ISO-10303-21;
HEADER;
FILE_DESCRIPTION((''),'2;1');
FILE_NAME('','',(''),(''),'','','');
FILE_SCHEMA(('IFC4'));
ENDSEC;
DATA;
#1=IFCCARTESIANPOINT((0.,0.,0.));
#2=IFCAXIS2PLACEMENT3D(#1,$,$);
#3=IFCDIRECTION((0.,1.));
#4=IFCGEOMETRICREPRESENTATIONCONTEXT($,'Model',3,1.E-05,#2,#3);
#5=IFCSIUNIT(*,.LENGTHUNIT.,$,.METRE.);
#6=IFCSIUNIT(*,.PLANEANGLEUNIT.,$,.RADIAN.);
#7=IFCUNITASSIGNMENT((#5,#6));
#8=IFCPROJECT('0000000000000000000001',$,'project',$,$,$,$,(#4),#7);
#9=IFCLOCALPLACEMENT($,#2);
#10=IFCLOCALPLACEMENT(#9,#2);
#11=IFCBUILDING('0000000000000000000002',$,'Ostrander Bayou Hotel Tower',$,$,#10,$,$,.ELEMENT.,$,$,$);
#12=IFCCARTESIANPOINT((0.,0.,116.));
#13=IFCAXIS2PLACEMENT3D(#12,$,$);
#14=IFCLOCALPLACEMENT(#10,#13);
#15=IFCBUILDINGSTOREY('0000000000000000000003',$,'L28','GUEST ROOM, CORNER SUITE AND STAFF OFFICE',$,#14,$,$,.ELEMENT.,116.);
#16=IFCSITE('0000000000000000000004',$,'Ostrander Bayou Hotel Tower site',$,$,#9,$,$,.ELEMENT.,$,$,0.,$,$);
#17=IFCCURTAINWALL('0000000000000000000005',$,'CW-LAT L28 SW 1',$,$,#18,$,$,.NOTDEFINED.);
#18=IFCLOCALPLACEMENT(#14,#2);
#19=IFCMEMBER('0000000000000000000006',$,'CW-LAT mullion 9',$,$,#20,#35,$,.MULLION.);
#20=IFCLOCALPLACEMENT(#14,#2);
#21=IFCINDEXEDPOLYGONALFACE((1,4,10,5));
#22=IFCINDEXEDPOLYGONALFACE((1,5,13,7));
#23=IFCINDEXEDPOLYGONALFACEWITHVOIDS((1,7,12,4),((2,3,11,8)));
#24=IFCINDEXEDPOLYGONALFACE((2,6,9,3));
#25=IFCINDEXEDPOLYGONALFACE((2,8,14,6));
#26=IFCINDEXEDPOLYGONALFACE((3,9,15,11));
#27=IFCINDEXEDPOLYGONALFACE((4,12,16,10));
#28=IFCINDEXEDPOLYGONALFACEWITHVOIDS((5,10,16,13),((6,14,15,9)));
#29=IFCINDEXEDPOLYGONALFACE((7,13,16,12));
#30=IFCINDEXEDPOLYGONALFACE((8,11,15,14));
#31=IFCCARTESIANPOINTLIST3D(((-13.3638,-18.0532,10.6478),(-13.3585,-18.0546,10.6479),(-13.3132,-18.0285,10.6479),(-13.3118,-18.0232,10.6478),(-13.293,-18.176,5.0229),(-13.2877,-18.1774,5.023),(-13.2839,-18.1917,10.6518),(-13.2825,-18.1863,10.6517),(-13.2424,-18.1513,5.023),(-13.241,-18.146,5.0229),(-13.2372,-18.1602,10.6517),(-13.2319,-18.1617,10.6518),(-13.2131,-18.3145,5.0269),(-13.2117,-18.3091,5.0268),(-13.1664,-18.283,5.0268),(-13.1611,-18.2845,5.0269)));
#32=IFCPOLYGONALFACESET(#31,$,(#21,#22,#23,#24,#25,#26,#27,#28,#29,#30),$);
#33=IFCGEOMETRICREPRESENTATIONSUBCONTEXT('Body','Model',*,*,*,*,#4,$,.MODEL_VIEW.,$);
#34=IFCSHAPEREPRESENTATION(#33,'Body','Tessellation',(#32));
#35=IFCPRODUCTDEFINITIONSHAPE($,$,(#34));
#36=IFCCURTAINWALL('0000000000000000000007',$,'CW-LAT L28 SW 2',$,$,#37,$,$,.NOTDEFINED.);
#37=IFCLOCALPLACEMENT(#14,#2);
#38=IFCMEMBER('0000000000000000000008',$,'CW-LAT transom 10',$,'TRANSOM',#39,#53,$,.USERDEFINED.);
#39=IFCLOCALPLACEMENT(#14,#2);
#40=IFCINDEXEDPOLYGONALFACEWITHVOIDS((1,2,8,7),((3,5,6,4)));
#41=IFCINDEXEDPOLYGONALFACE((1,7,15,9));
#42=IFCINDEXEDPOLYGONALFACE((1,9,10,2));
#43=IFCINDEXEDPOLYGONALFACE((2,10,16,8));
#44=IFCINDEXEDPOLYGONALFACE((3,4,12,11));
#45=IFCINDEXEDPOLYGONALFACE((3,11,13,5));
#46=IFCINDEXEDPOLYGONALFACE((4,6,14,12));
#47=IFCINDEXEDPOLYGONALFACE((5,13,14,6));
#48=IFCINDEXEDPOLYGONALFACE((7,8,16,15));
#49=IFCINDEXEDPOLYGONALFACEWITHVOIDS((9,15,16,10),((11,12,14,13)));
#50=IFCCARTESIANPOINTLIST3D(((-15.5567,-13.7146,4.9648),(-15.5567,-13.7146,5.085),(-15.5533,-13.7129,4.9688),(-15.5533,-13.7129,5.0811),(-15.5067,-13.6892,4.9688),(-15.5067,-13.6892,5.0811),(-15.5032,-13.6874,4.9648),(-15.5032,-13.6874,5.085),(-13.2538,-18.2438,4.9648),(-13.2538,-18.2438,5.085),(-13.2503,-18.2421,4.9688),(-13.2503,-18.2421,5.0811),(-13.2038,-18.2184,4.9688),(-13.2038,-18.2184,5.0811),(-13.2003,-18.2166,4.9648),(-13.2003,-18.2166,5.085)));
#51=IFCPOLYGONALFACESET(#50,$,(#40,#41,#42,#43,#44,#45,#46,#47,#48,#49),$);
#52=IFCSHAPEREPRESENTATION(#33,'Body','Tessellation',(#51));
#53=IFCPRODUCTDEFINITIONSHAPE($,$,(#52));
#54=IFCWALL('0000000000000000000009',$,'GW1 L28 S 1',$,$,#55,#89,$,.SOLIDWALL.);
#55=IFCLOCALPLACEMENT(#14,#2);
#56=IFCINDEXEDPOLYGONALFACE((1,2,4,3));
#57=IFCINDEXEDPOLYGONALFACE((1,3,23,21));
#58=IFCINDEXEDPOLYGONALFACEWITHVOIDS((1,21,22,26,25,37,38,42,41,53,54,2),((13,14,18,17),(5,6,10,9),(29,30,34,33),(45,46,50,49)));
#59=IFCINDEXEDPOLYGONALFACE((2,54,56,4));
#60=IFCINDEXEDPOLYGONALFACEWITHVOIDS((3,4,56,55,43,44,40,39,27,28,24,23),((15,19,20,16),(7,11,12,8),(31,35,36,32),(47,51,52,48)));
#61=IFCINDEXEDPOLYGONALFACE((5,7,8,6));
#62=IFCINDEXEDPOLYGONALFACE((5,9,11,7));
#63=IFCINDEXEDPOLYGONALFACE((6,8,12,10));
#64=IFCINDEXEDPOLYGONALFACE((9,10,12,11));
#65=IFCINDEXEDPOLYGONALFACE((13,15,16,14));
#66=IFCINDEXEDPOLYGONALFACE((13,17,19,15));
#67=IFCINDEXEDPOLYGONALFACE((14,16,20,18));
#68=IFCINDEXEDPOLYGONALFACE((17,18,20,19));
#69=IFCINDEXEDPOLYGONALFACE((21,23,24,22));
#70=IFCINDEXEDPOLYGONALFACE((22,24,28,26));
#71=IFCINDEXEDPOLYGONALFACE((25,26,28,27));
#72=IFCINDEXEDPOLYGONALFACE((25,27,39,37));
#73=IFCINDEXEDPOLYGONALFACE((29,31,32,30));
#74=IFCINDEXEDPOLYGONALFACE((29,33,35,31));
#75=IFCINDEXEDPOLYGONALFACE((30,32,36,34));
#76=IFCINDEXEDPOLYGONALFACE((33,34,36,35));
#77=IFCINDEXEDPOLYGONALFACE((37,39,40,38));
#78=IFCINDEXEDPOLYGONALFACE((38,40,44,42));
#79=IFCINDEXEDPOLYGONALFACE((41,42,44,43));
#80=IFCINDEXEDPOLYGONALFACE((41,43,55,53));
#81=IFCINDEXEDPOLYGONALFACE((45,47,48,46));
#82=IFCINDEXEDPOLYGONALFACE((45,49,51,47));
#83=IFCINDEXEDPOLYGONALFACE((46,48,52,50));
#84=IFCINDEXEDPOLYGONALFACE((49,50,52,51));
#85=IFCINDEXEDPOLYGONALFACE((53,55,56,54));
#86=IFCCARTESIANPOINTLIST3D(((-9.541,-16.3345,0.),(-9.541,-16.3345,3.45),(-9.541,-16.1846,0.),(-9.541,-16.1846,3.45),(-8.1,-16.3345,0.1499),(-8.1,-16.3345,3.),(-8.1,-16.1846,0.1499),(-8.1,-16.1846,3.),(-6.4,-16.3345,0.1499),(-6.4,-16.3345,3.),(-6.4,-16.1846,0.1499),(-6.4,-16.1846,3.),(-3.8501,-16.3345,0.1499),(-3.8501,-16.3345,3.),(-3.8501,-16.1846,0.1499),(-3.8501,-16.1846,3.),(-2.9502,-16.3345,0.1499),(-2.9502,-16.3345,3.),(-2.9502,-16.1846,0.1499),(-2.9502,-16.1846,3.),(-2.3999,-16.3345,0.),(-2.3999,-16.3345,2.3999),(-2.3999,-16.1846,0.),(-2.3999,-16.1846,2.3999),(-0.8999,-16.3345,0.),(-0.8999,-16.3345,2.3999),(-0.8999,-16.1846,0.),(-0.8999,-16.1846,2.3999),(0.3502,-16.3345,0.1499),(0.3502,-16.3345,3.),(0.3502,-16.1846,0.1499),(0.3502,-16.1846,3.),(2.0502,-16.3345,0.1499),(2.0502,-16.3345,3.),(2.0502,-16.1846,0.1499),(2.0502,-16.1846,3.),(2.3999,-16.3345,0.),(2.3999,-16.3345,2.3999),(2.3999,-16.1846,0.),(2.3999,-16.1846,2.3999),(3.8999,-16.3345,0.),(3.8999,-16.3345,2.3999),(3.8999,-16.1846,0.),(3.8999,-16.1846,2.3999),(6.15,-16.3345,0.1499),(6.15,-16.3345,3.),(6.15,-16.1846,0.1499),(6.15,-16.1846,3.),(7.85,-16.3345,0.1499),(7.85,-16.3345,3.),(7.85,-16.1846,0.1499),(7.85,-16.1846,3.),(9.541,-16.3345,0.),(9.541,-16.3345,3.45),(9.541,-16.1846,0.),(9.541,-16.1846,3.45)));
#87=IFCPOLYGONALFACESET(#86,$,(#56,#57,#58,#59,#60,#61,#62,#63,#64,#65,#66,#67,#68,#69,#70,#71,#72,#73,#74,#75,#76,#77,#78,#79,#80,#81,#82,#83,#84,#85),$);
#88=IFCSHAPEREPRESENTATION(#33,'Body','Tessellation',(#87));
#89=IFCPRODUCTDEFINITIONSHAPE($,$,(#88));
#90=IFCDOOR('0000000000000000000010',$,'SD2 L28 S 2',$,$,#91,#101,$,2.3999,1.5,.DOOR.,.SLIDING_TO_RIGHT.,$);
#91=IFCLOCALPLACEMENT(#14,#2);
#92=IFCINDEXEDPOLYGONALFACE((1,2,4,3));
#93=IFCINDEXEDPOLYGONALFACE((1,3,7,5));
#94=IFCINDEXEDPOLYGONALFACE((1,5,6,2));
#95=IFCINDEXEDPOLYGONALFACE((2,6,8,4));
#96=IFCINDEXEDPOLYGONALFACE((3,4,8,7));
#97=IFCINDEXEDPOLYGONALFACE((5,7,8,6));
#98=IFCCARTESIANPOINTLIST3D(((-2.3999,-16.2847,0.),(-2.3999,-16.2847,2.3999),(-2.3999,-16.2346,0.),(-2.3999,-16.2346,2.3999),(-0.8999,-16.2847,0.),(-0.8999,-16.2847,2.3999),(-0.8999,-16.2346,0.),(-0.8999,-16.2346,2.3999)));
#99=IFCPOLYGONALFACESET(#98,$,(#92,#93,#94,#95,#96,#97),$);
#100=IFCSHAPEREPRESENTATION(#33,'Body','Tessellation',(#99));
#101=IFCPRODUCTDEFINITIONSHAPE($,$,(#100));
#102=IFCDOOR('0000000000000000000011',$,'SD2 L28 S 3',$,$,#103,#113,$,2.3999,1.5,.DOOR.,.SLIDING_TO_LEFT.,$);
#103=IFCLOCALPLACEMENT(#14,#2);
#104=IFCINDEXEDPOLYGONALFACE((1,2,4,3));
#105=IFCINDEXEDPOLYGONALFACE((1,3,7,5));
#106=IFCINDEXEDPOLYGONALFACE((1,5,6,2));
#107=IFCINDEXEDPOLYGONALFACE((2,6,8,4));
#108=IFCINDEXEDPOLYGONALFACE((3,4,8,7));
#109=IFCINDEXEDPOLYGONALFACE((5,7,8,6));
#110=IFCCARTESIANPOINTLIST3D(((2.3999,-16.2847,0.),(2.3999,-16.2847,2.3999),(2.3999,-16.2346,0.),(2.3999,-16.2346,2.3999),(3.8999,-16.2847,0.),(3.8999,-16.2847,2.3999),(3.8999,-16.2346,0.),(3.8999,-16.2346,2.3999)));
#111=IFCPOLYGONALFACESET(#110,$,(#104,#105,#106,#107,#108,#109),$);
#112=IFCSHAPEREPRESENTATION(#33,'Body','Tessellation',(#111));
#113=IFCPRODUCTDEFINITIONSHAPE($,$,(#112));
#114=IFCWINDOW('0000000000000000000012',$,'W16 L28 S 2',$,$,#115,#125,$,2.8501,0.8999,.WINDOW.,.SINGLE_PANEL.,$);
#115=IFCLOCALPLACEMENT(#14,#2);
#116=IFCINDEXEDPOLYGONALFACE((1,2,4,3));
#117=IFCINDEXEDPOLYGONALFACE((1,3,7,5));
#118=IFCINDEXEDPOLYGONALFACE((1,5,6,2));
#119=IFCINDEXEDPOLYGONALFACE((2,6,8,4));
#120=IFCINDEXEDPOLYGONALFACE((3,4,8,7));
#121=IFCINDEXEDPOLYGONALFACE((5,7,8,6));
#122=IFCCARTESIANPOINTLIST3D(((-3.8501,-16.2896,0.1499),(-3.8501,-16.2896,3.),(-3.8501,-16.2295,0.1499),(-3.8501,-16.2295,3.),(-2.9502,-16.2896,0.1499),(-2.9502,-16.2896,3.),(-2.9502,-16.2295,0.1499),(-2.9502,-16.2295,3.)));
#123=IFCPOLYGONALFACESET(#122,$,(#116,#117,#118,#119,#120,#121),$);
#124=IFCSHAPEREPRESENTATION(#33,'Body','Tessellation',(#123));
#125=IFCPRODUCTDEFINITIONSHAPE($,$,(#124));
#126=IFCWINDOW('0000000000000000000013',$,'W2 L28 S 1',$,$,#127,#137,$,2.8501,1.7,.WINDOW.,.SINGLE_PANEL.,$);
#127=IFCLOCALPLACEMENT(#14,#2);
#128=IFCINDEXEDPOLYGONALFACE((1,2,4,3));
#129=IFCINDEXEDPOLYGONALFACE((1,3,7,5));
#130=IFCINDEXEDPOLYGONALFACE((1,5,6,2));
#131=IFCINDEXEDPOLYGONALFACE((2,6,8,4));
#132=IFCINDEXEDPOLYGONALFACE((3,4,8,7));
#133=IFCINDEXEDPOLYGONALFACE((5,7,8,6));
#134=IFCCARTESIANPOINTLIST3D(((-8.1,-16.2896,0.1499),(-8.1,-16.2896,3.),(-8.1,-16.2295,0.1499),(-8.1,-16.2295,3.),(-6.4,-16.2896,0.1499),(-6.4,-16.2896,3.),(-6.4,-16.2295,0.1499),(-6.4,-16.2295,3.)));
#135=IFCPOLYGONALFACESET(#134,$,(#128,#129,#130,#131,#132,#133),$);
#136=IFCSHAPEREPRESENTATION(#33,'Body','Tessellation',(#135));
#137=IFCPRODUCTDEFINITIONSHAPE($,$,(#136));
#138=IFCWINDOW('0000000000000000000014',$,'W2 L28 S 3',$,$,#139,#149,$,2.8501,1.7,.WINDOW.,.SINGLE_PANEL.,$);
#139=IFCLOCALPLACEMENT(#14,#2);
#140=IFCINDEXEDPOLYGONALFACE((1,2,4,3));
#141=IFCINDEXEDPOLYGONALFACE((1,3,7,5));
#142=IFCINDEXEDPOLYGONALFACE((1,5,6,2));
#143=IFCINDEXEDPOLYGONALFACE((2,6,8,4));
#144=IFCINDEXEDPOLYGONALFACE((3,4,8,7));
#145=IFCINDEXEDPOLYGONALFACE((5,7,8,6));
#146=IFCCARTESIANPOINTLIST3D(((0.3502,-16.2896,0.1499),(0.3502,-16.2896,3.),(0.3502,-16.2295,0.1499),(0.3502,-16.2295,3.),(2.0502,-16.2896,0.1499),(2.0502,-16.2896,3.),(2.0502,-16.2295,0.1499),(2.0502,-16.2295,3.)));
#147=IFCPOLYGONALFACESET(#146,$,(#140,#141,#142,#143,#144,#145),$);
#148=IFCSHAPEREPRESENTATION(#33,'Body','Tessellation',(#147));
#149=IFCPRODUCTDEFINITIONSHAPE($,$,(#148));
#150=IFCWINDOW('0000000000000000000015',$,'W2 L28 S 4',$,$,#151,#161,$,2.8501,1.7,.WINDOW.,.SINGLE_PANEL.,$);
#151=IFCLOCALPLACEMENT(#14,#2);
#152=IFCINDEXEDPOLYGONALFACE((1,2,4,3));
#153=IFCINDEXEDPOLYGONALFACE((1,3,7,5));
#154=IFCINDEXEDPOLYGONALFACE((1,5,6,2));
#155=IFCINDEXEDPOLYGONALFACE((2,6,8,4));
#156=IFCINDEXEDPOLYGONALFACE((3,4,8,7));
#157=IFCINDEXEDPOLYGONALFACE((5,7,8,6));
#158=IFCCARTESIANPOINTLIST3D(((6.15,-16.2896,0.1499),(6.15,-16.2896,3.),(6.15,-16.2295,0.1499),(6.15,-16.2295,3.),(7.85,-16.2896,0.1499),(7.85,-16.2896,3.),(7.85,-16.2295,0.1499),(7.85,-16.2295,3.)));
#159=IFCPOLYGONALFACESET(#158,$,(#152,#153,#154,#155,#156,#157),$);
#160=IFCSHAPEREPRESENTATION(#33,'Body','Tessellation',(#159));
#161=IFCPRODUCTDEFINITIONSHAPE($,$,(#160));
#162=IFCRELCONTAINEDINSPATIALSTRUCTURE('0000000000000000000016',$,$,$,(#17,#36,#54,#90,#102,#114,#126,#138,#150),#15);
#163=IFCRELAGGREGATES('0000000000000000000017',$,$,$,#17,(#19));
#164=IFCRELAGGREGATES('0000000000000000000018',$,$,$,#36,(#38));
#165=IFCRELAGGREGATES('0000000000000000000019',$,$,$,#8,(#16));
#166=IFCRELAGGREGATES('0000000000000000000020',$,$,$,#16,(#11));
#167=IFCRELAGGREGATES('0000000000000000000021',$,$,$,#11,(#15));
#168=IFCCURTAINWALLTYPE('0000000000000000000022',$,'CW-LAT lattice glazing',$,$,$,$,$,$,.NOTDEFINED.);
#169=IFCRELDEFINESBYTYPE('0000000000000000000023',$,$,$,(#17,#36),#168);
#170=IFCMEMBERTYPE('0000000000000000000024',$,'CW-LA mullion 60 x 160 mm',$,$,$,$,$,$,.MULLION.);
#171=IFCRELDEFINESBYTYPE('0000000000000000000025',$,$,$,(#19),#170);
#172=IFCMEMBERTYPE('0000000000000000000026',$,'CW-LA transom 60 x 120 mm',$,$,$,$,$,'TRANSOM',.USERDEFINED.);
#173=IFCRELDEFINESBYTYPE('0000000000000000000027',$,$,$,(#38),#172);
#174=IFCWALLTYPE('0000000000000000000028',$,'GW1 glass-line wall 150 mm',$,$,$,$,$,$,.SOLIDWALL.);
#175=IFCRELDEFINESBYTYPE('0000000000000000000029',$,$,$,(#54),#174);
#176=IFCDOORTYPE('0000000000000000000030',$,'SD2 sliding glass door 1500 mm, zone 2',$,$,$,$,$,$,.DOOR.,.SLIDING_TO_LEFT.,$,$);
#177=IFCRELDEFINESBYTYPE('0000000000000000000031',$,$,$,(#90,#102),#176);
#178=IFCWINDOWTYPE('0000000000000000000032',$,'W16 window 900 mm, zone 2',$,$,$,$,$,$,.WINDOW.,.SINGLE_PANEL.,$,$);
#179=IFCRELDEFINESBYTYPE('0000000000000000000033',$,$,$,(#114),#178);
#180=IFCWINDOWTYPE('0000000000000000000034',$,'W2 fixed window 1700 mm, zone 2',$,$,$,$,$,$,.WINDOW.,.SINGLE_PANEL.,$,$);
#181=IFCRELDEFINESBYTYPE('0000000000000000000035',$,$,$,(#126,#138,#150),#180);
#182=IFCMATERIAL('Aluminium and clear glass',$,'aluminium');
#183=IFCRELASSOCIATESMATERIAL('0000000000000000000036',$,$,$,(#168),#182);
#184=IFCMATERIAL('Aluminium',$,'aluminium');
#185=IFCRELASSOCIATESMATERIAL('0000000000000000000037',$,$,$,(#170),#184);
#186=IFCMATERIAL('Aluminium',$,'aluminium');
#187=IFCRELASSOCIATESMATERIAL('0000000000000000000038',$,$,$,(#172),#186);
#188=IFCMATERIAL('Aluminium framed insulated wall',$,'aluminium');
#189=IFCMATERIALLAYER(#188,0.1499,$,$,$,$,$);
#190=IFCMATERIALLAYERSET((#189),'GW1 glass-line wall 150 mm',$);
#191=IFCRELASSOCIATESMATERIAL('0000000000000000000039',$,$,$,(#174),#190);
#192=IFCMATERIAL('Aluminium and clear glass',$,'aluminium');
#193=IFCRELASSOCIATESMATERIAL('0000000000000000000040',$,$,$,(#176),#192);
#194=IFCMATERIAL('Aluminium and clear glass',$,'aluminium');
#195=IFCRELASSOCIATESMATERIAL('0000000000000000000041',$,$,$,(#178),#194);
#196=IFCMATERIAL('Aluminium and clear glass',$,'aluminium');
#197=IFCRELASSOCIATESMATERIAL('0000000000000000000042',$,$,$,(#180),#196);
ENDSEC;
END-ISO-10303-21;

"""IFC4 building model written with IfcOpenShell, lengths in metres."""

from ifc_helpers import new_model, si_unit, direction, frame, frame_2d, origin, origin_2d, place, context, subcontext, project, spatial, rectangle, hollow_rectangle, extrude, material, layer, layer_set, material_profile, profile_set, type_object, element, fill, aggregate, save


model = new_model("IFC4")

# Units and contexts
model_context = context("Model", 3, precision=1e-05, world=origin(), true_north=direction((0.0, 1.0)))
body_context = subcontext(model_context, "Body", "Model", "MODEL_VIEW")
ifc_project = project(units=[si_unit("LENGTHUNIT", "METRE"), si_unit("PLANEANGLEUNIT", "RADIAN")], contexts=[model_context])

# Site, building, storey
site_placement = place(None, origin())
site = spatial("IfcSite", under=ifc_project, at=site_placement, Name="Ostrander Bayou Hotel Tower site", CompositionType="ELEMENT", RefElevation=0.0)
building_placement = place(site_placement, origin())
building = spatial("IfcBuilding", under=site, at=building_placement, Name="Ostrander Bayou Hotel Tower", CompositionType="ELEMENT")
storey_placement = place(building_placement, frame((0.0, 0.0, 116.0)))
storey = spatial("IfcBuildingStorey", under=building, at=storey_placement, Name="L28", Description="GUEST ROOM, CORNER SUITE AND STAFF OFFICE", CompositionType="ELEMENT", Elevation=116.0)

# Curtain walls, members
ifc_material_1 = material(Name="Aluminium and clear glass", Category="aluminium")
curtain_wall_type = type_object("IfcCurtainWallType", Name="CW-LAT lattice glazing", PredefinedType="NOTDEFINED", material=ifc_material_1)
curtain_wall_1_placement = place(storey_placement, origin())
curtain_wall_1 = element("IfcCurtainWall", 1, at=curtain_wall_1_placement, inside=storey, type_object=curtain_wall_type, Name="CW-LAT L28 SW 1", PredefinedType="NOTDEFINED")
ifc_material_2 = material(Name="Aluminium", Category="aluminium")
ifc_material_profile_1 = material_profile(ifc_material_2, hollow_rectangle(XDim=0.0601, YDim=0.1599, WallThickness=0.0039, at=origin_2d()))
ifc_profile_set_1 = profile_set([ifc_material_profile_1], Name="Aluminium")
member_type_1 = type_object("IfcMemberType", Name="CW-LA mullion 60 x 160 mm", PredefinedType="MULLION", material=ifc_profile_set_1)
member_1_placement = place(storey_placement, frame((-13.2271, -18.2302, 5.0249), z_axis=(-0.012583, 0.021825, 0.999683), x_axis=(-0.866329, -0.499474, 0.0)))
member_1 = element("IfcMember", 2, at=member_1_placement, type_object=member_type_1, Name="CW-LAT mullion 9", PredefinedType="MULLION", context=body_context, shape_type="SweptSolid", body=[
    extrude(hollow_rectangle(XDim=0.0601, YDim=0.1599, WallThickness=0.0039, at=origin_2d()), origin(), (0.0, 0.0, 1.0), 5.6267),
])
aggregate(curtain_wall_1, [member_1])
curtain_wall_2_placement = place(storey_placement, origin())
curtain_wall_2 = element("IfcCurtainWall", 3, at=curtain_wall_2_placement, inside=storey, type_object=curtain_wall_type, Name="CW-LAT L28 SW 2", PredefinedType="NOTDEFINED")
ifc_material_3 = material(Name="Aluminium", Category="aluminium")
ifc_material_profile_2 = material_profile(ifc_material_3, hollow_rectangle(XDim=0.0601, YDim=0.1201, WallThickness=0.0039, at=origin_2d()))
ifc_profile_set_2 = profile_set([ifc_material_profile_2], Name="Aluminium")
member_type_2 = type_object("IfcMemberType", Name="CW-LA transom 60 x 120 mm", ElementType="TRANSOM", PredefinedType="USERDEFINED", material=ifc_profile_set_2)
member_2_placement = place(storey_placement, frame((-13.2271, -18.2302, 5.0249), z_axis=(-0.453238, 0.891389, 0.0), x_axis=(-0.891389, -0.453238, 0.0)))
member_2 = element("IfcMember", 4, at=member_2_placement, type_object=member_type_2, Name="CW-LAT transom 10", ObjectType="TRANSOM", PredefinedType="USERDEFINED", context=body_context, shape_type="SweptSolid", body=[
    extrude(hollow_rectangle(XDim=0.0601, YDim=0.1201, WallThickness=0.0039, at=origin_2d()), origin(), (0.0, 0.0, 1.0), 5.0811),
])
aggregate(curtain_wall_2, [member_2])

# Wall, openings, doors, windows
ifc_material_4 = material(Name="Aluminium framed insulated wall", Category="aluminium")
ifc_layer_1 = layer(ifc_material_4, 0.1499)
ifc_layer_set_1 = layer_set([ifc_layer_1], Name="GW1 glass-line wall 150 mm")
wall_type_1 = type_object("IfcWallType", Name="GW1 glass-line wall 150 mm", PredefinedType="SOLIDWALL", material=ifc_layer_set_1)
wall_1_placement = place(storey_placement, frame((-9.541, -16.2595, 0.0), z_axis=(0.0, 0.0, 1.0), x_axis=(1.0, 0.0, 0.0)))
wall_1 = element("IfcWall", 5, at=wall_1_placement, inside=storey, type_object=wall_type_1, Name="GW1 L28 S 1", PredefinedType="SOLIDWALL", context=body_context, shape_type="SweptSolid", body=[
    extrude(rectangle(XDim=19.082, YDim=0.1499, at=frame_2d((9.541, 0.0))), origin(), (0.0, 0.0, 1.0), 3.45),
])
opening_1_placement = place(wall_1_placement, frame((1.4409, 0.0, 0.1499)))
opening_1 = element("IfcOpeningElement", 6, at=opening_1_placement, cuts=wall_1, PredefinedType="OPENING", context=body_context, shape_type="SweptSolid", body=[
    extrude(rectangle(XDim=1.7, YDim=2.8501, at=frame_2d((0.8501, 1.425))), frame((0.0, 0.075, 0.0), z_axis=(0.0, -1.0, 0.0), x_axis=(1.0, 0.0, 0.0)), (0.0, 0.0, 1.0), 0.1499),
])
opening_2_placement = place(wall_1_placement, frame((5.6909, 0.0, 0.1499)))
opening_2 = element("IfcOpeningElement", 7, at=opening_2_placement, cuts=wall_1, PredefinedType="OPENING", context=body_context, shape_type="SweptSolid", body=[
    extrude(rectangle(XDim=0.8999, YDim=2.8501, at=frame_2d((0.45, 1.425))), frame((0.0, 0.075, 0.0), z_axis=(0.0, -1.0, 0.0), x_axis=(1.0, 0.0, 0.0)), (0.0, 0.0, 1.0), 0.1499),
])
opening_3_placement = place(wall_1_placement, frame((7.1411, 0.0, 0.0)))
opening_3 = element("IfcOpeningElement", 8, at=opening_3_placement, cuts=wall_1, PredefinedType="OPENING", context=body_context, shape_type="SweptSolid", body=[
    extrude(rectangle(XDim=1.5, YDim=2.3999, at=frame_2d((0.75, 1.2))), frame((0.0, 0.075, 0.0), z_axis=(0.0, -1.0, 0.0), x_axis=(1.0, 0.0, 0.0)), (0.0, 0.0, 1.0), 0.1499),
])
opening_4_placement = place(wall_1_placement, frame((9.8911, 0.0, 0.1499)))
opening_4 = element("IfcOpeningElement", 9, at=opening_4_placement, cuts=wall_1, PredefinedType="OPENING", context=body_context, shape_type="SweptSolid", body=[
    extrude(rectangle(XDim=1.7, YDim=2.8501, at=frame_2d((0.8501, 1.425))), frame((0.0, 0.075, 0.0), z_axis=(0.0, -1.0, 0.0), x_axis=(1.0, 0.0, 0.0)), (0.0, 0.0, 1.0), 0.1499),
])
opening_5_placement = place(wall_1_placement, frame((11.9409, 0.0, 0.0)))
opening_5 = element("IfcOpeningElement", 10, at=opening_5_placement, cuts=wall_1, PredefinedType="OPENING", context=body_context, shape_type="SweptSolid", body=[
    extrude(rectangle(XDim=1.5, YDim=2.3999, at=frame_2d((0.75, 1.2))), frame((0.0, 0.075, 0.0), z_axis=(0.0, -1.0, 0.0), x_axis=(1.0, 0.0, 0.0)), (0.0, 0.0, 1.0), 0.1499),
])
opening_6_placement = place(wall_1_placement, frame((15.6909, 0.0, 0.1499)))
opening_6 = element("IfcOpeningElement", 11, at=opening_6_placement, cuts=wall_1, PredefinedType="OPENING", context=body_context, shape_type="SweptSolid", body=[
    extrude(rectangle(XDim=1.7, YDim=2.8501, at=frame_2d((0.8501, 1.425))), frame((0.0, 0.075, 0.0), z_axis=(0.0, -1.0, 0.0), x_axis=(1.0, 0.0, 0.0)), (0.0, 0.0, 1.0), 0.1499),
])
ifc_material_5 = material(Name="Aluminium and clear glass", Category="aluminium")
door_type_1 = type_object("IfcDoorType", Name="SD2 sliding glass door 1500 mm, zone 2", OperationType="SLIDING_TO_LEFT", PredefinedType="DOOR", material=ifc_material_5)
door_1_placement = place(opening_3_placement, origin())
door_1 = element("IfcDoor", 12, at=door_1_placement, inside=storey, type_object=door_type_1, Name="SD2 L28 S 2", OperationType="SLIDING_TO_RIGHT", OverallHeight=2.3999, OverallWidth=1.5, PredefinedType="DOOR", context=body_context, shape_type="SweptSolid", body=[
    extrude(rectangle(XDim=1.5, YDim=2.3999, at=frame_2d((0.75, 1.2))), frame((0.0, 0.0249, 0.0), z_axis=(0.0, -1.0, 0.0), x_axis=(1.0, 0.0, 0.0)), (0.0, 0.0, 1.0), 0.05),
])
fill(opening_3, door_1)
door_2_placement = place(opening_5_placement, origin())
door_2 = element("IfcDoor", 13, at=door_2_placement, inside=storey, type_object=door_type_1, Name="SD2 L28 S 3", OperationType="SLIDING_TO_LEFT", OverallHeight=2.3999, OverallWidth=1.5, PredefinedType="DOOR", context=body_context, shape_type="SweptSolid", body=[
    extrude(rectangle(XDim=1.5, YDim=2.3999, at=frame_2d((0.75, 1.2))), frame((0.0, 0.0249, 0.0), z_axis=(0.0, -1.0, 0.0), x_axis=(1.0, 0.0, 0.0)), (0.0, 0.0, 1.0), 0.05),
])
fill(opening_5, door_2)
ifc_material_6 = material(Name="Aluminium and clear glass", Category="aluminium")
window_type_1 = type_object("IfcWindowType", Name="W16 window 900 mm, zone 2", PartitioningType="SINGLE_PANEL", PredefinedType="WINDOW", material=ifc_material_6)
window_1_placement = place(opening_2_placement, origin())
window_1 = element("IfcWindow", 14, at=window_1_placement, inside=storey, type_object=window_type_1, Name="W16 L28 S 2", OverallHeight=2.8501, OverallWidth=0.8999, PartitioningType="SINGLE_PANEL", PredefinedType="WINDOW", context=body_context, shape_type="SweptSolid", body=[
    extrude(rectangle(XDim=0.8999, YDim=2.8501, at=frame_2d((0.45, 1.425))), frame((0.0, 0.03, 0.0), z_axis=(0.0, -1.0, 0.0), x_axis=(1.0, 0.0, 0.0)), (0.0, 0.0, 1.0), 0.0601),
])
fill(opening_2, window_1)
ifc_material_7 = material(Name="Aluminium and clear glass", Category="aluminium")
window_type_2 = type_object("IfcWindowType", Name="W2 fixed window 1700 mm, zone 2", PartitioningType="SINGLE_PANEL", PredefinedType="WINDOW", material=ifc_material_7)
window_2_placement = place(opening_1_placement, origin())
window_2 = element("IfcWindow", 15, at=window_2_placement, inside=storey, type_object=window_type_2, Name="W2 L28 S 1", OverallHeight=2.8501, OverallWidth=1.7, PartitioningType="SINGLE_PANEL", PredefinedType="WINDOW", context=body_context, shape_type="SweptSolid", body=[
    extrude(rectangle(XDim=1.7, YDim=2.8501, at=frame_2d((0.8501, 1.425))), frame((0.0, 0.03, 0.0), z_axis=(0.0, -1.0, 0.0), x_axis=(1.0, 0.0, 0.0)), (0.0, 0.0, 1.0), 0.0601),
])
fill(opening_1, window_2)
window_3_placement = place(opening_4_placement, origin())
window_3 = element("IfcWindow", 16, at=window_3_placement, inside=storey, type_object=window_type_2, Name="W2 L28 S 3", OverallHeight=2.8501, OverallWidth=1.7, PartitioningType="SINGLE_PANEL", PredefinedType="WINDOW", context=body_context, shape_type="SweptSolid", body=[
    extrude(rectangle(XDim=1.7, YDim=2.8501, at=frame_2d((0.8501, 1.425))), frame((0.0, 0.03, 0.0), z_axis=(0.0, -1.0, 0.0), x_axis=(1.0, 0.0, 0.0)), (0.0, 0.0, 1.0), 0.0601),
])
fill(opening_4, window_3)
window_4_placement = place(opening_6_placement, origin())
window_4 = element("IfcWindow", 17, at=window_4_placement, inside=storey, type_object=window_type_2, Name="W2 L28 S 4", OverallHeight=2.8501, OverallWidth=1.7, PartitioningType="SINGLE_PANEL", PredefinedType="WINDOW", context=body_context, shape_type="SweptSolid", body=[
    extrude(rectangle(XDim=1.7, YDim=2.8501, at=frame_2d((0.8501, 1.425))), frame((0.0, 0.03, 0.0), z_axis=(0.0, -1.0, 0.0), x_axis=(1.0, 0.0, 0.0)), (0.0, 0.0, 1.0), 0.0601),
])
fill(opening_6, window_4)

save(model, "model.ifc")
